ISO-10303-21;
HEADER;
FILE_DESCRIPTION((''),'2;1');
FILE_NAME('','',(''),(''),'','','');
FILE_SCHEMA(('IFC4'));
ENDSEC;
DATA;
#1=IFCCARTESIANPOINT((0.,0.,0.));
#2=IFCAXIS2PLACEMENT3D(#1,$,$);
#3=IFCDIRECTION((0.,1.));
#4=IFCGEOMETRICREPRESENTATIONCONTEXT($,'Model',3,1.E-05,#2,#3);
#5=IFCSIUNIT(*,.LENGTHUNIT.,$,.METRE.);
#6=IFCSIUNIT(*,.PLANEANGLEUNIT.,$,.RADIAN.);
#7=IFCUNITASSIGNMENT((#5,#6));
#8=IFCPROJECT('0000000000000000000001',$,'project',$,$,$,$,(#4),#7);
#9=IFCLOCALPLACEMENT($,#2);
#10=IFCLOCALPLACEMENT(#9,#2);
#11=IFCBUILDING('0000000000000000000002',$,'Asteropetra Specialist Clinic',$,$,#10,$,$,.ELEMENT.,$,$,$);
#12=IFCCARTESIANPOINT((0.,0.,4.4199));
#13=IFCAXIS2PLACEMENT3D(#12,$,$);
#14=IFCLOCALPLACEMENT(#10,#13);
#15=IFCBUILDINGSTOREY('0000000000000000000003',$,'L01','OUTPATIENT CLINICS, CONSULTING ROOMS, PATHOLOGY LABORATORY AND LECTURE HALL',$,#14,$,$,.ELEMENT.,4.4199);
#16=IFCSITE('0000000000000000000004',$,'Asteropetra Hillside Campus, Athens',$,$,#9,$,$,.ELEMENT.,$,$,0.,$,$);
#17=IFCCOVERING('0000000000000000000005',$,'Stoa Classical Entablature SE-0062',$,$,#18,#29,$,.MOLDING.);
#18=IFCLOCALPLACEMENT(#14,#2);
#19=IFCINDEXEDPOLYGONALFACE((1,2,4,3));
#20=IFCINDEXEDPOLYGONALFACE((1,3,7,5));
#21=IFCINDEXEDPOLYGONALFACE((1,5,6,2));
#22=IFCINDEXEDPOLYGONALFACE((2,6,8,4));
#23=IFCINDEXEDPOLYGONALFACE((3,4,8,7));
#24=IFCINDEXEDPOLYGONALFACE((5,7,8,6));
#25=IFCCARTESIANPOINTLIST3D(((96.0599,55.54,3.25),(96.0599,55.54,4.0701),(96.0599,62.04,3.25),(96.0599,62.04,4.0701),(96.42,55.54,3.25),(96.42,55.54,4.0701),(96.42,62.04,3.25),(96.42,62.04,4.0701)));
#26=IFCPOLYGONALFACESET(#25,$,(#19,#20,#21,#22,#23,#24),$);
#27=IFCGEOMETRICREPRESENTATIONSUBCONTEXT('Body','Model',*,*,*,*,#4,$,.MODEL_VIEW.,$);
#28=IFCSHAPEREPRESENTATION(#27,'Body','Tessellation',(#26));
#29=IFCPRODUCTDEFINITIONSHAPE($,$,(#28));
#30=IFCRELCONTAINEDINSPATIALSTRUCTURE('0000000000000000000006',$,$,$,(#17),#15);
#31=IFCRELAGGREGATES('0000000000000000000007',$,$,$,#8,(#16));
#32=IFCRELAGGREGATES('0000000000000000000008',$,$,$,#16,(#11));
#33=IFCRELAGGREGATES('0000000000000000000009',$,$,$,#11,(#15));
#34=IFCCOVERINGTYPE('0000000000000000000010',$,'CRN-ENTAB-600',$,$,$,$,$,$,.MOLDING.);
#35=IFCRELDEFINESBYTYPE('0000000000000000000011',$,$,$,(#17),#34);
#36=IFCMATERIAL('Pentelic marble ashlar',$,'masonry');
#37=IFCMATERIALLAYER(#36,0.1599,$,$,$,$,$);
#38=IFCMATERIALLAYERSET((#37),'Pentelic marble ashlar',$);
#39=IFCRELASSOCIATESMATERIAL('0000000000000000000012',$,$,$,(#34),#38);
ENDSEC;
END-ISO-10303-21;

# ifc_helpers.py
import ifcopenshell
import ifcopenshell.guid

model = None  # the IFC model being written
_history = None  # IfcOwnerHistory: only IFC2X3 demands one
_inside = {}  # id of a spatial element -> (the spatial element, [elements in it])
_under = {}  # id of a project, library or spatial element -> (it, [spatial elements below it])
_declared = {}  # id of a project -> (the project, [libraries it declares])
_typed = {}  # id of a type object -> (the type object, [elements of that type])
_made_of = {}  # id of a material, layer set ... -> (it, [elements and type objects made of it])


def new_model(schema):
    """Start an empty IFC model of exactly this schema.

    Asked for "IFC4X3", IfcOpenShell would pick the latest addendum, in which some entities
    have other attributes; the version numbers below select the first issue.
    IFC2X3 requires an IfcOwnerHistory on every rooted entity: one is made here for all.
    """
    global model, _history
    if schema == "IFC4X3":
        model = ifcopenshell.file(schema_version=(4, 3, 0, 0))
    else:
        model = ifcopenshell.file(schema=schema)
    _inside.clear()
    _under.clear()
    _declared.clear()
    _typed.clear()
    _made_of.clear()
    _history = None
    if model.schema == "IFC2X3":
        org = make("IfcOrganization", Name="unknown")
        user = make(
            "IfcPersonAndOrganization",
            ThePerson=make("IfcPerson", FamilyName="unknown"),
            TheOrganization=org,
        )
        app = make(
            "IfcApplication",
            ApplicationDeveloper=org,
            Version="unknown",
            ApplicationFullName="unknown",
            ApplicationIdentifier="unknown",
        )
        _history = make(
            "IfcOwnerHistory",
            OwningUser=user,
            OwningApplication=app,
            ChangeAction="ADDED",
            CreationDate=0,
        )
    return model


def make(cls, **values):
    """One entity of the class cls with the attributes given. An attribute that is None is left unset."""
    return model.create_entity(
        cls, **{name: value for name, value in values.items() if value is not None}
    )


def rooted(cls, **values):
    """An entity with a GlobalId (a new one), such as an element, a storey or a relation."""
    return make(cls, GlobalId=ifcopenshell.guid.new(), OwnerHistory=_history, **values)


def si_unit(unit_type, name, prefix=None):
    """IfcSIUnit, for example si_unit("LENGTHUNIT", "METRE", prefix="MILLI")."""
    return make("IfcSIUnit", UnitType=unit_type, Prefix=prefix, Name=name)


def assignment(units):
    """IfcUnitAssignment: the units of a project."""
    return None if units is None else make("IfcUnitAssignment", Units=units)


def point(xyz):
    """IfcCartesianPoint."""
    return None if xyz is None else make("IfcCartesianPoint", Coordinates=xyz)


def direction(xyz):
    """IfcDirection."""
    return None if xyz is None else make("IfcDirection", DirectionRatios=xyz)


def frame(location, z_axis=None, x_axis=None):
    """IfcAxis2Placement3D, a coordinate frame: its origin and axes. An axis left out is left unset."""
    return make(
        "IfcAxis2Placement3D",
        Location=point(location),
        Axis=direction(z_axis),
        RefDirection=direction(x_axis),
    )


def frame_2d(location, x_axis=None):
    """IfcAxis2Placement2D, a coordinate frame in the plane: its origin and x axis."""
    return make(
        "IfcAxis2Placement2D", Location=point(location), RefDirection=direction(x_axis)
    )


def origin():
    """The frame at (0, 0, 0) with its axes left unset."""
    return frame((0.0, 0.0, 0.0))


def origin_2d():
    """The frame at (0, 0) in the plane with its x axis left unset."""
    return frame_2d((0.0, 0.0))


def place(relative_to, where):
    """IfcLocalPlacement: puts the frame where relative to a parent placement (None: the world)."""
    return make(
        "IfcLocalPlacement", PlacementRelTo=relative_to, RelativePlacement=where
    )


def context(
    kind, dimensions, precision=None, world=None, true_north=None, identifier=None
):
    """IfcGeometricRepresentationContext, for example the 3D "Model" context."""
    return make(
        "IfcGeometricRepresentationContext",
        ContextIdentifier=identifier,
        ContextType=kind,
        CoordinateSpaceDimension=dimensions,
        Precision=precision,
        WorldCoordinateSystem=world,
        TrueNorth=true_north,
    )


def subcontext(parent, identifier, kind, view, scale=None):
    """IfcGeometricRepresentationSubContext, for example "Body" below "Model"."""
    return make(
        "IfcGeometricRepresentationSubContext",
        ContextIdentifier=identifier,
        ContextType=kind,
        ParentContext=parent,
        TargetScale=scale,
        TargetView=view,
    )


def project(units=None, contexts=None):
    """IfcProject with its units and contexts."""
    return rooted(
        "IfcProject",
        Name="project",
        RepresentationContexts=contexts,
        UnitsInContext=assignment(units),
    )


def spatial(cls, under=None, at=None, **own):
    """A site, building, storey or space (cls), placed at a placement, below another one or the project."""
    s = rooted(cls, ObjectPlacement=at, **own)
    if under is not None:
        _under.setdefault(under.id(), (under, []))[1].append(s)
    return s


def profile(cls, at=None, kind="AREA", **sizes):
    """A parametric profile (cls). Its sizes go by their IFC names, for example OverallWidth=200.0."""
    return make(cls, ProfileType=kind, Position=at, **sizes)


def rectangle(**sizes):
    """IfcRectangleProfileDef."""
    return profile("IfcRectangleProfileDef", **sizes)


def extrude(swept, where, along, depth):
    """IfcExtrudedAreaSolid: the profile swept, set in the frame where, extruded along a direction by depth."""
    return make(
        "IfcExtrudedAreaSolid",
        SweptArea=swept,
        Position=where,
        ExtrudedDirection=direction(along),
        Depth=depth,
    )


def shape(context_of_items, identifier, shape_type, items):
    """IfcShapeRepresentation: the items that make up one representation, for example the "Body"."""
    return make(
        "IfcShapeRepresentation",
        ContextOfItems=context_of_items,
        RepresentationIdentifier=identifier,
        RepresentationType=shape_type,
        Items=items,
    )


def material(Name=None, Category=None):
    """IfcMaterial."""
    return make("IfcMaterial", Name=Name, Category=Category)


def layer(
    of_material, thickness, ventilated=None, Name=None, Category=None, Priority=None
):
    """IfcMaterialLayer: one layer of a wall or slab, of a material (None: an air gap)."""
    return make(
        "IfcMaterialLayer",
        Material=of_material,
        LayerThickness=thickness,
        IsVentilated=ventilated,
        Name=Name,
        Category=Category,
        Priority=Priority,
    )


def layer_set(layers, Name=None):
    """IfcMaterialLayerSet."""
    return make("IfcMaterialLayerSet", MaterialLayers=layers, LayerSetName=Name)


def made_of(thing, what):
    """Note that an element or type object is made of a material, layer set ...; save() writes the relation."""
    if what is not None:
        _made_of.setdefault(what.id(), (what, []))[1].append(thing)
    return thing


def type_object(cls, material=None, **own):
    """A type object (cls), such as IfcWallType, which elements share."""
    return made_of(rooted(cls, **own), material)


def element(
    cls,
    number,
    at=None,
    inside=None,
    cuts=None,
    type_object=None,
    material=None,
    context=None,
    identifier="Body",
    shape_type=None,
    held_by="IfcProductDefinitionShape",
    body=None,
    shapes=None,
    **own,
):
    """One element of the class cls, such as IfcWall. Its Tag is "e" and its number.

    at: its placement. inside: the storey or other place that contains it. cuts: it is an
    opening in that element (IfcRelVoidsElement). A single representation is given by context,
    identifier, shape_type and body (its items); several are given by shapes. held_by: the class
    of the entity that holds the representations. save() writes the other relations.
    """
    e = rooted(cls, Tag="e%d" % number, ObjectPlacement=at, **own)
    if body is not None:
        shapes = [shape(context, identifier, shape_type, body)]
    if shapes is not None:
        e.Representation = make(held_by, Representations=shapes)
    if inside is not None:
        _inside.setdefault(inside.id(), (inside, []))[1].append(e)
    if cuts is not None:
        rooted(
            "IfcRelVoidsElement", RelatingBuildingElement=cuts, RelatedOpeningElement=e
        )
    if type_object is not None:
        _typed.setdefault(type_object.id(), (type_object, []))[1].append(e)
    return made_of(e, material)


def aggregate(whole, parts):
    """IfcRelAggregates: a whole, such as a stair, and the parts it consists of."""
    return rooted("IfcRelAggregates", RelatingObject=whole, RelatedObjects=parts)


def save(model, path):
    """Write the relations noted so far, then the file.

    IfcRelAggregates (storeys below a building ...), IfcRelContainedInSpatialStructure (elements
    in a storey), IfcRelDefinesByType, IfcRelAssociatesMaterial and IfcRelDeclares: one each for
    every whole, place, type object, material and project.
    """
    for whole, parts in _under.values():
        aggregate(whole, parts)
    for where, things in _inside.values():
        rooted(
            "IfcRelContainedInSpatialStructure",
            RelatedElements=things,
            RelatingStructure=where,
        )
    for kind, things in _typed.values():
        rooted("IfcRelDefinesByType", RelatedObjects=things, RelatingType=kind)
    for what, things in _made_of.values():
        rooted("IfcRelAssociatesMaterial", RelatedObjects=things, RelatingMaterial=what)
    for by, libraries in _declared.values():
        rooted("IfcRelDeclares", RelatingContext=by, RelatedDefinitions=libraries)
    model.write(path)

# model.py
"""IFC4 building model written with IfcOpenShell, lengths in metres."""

from ifc_helpers import new_model, si_unit, direction, frame, origin, origin_2d, place, context, subcontext, project, spatial, rectangle, extrude, material, layer, layer_set, type_object, element, save


model = new_model("IFC4")

# Units and contexts
model_context = context("Model", 3, precision=1e-05, world=origin(), true_north=direction((0.0, 1.0)))
body_context = subcontext(model_context, "Body", "Model", "MODEL_VIEW")
ifc_project = project(units=[si_unit("LENGTHUNIT", "METRE"), si_unit("PLANEANGLEUNIT", "RADIAN")], contexts=[model_context])

# Site, building, storey
site_placement = place(None, origin())
site = spatial("IfcSite", under=ifc_project, at=site_placement, Name="Asteropetra Hillside Campus, Athens", CompositionType="ELEMENT", RefElevation=0.0)
building_placement = place(site_placement, origin())
building = spatial("IfcBuilding", under=site, at=building_placement, Name="Asteropetra Specialist Clinic", CompositionType="ELEMENT")
storey_placement = place(building_placement, frame((0.0, 0.0, 4.4199)))
storey = spatial("IfcBuildingStorey", under=building, at=storey_placement, Name="L01", Description="OUTPATIENT CLINICS, CONSULTING ROOMS, PATHOLOGY LABORATORY AND LECTURE HALL", CompositionType="ELEMENT", Elevation=4.4199)

# Covering
ifc_material_1 = material(Name="Pentelic marble ashlar", Category="masonry")
ifc_layer_1 = layer(ifc_material_1, 0.1599)
ifc_layer_set_1 = layer_set([ifc_layer_1], Name="Pentelic marble ashlar")
covering_type = type_object("IfcCoveringType", Name="CRN-ENTAB-600", PredefinedType="MOLDING", material=ifc_layer_set_1)
covering_placement = place(storey_placement, frame((96.24, 58.79, 3.25), z_axis=(0.0, 0.0, 1.0), x_axis=(1.0, 0.0, 0.0)))
element("IfcCovering", 1, at=covering_placement, inside=storey, type_object=covering_type, Name="Stoa Classical Entablature SE-0062", PredefinedType="MOLDING", context=body_context, shape_type="SweptSolid", body=[
    extrude(rectangle(XDim=0.3601, YDim=6.5, at=origin_2d()), origin(), (0.0, 0.0, 1.0), 0.8201),
])

save(model, "model.ifc")
